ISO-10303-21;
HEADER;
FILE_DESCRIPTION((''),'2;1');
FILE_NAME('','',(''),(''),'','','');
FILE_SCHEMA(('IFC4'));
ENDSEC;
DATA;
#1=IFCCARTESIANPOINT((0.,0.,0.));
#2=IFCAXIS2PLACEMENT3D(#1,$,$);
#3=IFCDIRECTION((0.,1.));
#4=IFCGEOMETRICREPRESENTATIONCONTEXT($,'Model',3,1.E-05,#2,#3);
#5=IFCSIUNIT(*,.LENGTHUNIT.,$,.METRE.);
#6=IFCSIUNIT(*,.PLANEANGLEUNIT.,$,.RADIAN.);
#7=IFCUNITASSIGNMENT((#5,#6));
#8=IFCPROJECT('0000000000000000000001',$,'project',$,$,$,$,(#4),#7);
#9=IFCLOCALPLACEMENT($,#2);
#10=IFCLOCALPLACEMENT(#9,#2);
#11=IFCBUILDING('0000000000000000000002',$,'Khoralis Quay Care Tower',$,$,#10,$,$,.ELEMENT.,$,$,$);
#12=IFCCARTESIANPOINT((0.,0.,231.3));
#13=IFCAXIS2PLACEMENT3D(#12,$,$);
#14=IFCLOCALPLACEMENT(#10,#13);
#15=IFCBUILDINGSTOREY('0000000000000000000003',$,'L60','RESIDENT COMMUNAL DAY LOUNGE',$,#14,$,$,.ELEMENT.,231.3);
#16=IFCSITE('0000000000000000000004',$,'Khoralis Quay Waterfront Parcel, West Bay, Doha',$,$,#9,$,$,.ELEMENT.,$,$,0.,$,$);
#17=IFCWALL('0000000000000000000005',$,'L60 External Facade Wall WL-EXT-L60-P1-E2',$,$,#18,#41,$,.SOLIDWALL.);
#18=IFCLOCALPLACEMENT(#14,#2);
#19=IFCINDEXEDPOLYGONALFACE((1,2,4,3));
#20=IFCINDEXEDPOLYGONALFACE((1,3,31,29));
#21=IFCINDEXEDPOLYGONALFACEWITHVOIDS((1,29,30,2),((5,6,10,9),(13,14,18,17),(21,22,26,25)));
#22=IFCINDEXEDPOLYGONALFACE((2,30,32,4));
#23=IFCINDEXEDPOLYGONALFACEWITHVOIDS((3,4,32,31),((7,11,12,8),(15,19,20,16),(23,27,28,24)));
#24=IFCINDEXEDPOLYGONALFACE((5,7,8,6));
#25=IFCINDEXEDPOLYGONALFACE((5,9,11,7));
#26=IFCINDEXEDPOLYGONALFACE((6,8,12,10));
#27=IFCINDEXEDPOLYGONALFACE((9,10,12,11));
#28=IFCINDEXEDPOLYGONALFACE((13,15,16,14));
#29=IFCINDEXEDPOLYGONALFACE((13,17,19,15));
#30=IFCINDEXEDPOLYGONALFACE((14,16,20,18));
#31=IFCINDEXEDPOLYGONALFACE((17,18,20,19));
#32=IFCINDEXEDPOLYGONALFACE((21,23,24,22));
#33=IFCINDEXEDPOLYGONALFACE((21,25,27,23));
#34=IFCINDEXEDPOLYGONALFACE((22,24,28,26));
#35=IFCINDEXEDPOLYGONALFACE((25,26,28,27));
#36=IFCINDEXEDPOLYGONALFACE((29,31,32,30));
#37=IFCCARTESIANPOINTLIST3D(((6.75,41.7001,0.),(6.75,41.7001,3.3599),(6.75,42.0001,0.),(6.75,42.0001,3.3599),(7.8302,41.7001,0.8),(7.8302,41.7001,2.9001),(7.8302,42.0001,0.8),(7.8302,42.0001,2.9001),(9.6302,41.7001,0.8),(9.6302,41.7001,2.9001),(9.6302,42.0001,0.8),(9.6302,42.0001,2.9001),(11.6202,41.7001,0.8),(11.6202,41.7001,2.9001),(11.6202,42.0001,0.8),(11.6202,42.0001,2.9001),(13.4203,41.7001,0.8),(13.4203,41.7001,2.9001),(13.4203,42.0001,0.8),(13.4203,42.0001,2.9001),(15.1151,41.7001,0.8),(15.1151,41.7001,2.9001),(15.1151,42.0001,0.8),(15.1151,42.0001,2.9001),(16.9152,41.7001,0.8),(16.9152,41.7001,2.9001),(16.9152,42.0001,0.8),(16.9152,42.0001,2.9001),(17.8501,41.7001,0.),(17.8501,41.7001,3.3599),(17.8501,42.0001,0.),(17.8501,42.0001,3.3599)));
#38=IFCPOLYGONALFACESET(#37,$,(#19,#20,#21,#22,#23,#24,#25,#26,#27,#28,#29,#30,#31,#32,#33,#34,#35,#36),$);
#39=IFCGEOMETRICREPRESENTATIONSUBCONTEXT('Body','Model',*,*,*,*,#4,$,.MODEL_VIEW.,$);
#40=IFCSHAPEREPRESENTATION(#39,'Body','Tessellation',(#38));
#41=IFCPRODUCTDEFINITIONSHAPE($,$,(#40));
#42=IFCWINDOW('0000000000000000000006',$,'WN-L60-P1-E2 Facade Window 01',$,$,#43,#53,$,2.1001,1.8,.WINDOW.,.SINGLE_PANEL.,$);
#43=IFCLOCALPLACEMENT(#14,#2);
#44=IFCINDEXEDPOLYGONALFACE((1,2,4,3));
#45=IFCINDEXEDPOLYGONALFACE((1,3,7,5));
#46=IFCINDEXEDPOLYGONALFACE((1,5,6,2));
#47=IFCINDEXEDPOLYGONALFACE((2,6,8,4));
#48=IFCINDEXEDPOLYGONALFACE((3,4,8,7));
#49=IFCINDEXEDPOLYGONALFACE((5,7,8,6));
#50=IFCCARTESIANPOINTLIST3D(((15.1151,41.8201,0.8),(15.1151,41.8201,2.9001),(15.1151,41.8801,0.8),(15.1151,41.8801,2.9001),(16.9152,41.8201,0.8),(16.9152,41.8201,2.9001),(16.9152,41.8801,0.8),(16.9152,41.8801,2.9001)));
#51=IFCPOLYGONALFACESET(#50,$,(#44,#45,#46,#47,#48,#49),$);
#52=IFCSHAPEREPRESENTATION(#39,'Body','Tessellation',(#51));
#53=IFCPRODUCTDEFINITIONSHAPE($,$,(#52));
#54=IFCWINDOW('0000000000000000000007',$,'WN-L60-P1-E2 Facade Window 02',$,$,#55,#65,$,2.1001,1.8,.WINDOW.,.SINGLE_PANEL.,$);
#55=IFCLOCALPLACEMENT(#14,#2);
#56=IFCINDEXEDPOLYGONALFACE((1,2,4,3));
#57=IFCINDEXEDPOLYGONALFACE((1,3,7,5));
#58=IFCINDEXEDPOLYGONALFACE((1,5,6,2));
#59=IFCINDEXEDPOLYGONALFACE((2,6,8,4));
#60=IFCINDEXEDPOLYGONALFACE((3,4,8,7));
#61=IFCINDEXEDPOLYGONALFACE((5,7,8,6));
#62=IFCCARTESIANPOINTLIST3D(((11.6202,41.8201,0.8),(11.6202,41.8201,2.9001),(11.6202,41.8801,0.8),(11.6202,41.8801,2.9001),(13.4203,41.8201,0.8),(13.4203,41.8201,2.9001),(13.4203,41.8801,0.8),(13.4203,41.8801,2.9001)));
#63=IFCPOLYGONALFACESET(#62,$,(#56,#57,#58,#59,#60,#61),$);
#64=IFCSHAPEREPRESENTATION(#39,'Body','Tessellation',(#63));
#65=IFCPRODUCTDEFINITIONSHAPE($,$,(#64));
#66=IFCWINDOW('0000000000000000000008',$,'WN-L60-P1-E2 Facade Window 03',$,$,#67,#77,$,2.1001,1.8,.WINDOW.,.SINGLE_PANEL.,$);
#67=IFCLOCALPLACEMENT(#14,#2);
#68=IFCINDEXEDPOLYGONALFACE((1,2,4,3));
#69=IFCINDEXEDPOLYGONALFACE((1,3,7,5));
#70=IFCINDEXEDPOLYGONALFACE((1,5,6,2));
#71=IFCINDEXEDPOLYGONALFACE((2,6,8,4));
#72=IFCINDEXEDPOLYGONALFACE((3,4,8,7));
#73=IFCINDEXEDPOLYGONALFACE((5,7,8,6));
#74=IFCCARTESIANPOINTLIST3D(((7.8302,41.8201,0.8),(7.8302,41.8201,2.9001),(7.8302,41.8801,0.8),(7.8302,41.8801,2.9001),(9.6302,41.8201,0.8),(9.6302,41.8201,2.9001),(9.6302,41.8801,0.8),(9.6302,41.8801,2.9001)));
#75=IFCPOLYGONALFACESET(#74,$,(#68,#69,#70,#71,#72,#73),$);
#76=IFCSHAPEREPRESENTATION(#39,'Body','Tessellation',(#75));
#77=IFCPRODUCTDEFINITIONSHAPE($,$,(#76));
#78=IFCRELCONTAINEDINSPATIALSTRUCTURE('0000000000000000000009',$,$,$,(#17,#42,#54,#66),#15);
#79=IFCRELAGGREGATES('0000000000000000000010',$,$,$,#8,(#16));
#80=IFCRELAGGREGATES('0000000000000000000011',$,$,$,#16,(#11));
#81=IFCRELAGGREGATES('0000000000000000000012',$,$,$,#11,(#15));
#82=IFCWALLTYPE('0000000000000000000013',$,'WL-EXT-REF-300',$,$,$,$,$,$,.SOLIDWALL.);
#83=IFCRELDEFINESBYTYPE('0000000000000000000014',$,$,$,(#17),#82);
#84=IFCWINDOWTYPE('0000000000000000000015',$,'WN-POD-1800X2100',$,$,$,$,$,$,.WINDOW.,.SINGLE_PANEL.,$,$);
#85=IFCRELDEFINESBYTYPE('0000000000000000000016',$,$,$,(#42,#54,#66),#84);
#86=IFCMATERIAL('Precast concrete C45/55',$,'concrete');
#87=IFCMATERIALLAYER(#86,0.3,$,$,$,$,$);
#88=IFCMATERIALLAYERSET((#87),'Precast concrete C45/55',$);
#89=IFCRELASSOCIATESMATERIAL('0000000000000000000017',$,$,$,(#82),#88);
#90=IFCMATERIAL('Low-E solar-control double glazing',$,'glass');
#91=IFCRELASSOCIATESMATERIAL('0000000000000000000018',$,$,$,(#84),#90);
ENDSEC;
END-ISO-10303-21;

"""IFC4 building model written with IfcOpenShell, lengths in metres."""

from ifc_helpers import new_model, si_unit, direction, frame, frame_2d, origin, place, context, subcontext, project, spatial, rectangle, extrude, source, transform, mapped, material, layer, layer_set, type_object, element, fill, save


model = new_model("IFC4")

# Units and contexts
model_context = context("Model", 3, precision=1e-05, world=origin(), true_north=direction((0.0, 1.0)))
body_context = subcontext(model_context, "Body", "Model", "MODEL_VIEW")
ifc_project = project(units=[si_unit("LENGTHUNIT", "METRE"), si_unit("PLANEANGLEUNIT", "RADIAN")], contexts=[model_context])

# Site, building, storey
site_placement = place(None, origin())
site = spatial("IfcSite", under=ifc_project, at=site_placement, Name="Khoralis Quay Waterfront Parcel, West Bay, Doha", CompositionType="ELEMENT", RefElevation=0.0)
building_placement = place(site_placement, origin())
building = spatial("IfcBuilding", under=site, at=building_placement, Name="Khoralis Quay Care Tower", CompositionType="ELEMENT")
storey_placement = place(building_placement, frame((0.0, 0.0, 231.3)))
storey = spatial("IfcBuildingStorey", under=building, at=storey_placement, Name="L60", Description="RESIDENT COMMUNAL DAY LOUNGE", CompositionType="ELEMENT", Elevation=231.3)

# Shared definitions
ifc_material_1 = material(Name="Low-E solar-control double glazing", Category="glass")

# Wall, openings, windows
ifc_material_2 = material(Name="Precast concrete C45/55", Category="concrete")
ifc_layer_1 = layer(ifc_material_2, 0.3)
ifc_layer_set_1 = layer_set([ifc_layer_1], Name="Precast concrete C45/55")
wall_type = type_object("IfcWallType", Name="WL-EXT-REF-300", PredefinedType="SOLIDWALL", material=ifc_layer_set_1)
wall_placement = place(storey_placement, frame((17.8501, 41.8501, 0.0), z_axis=(0.0, 0.0, 1.0), x_axis=(-1.0, 0.0, 0.0)))
wall = element("IfcWall", 1, at=wall_placement, inside=storey, type_object=wall_type, Name="L60 External Facade Wall WL-EXT-L60-P1-E2", PredefinedType="SOLIDWALL", context=body_context, shape_type="SweptSolid", body=[
    extrude(rectangle(XDim=11.1001, YDim=0.3, at=frame_2d((5.55, 0.0))), origin(), (0.0, 0.0, 1.0), 3.3599),
])
opening_1_placement = place(wall_placement, frame((0.9351, 0.0, 0.8)))
opening_1 = element("IfcOpeningElement", 2, at=opening_1_placement, cuts=wall, PredefinedType="OPENING", context=body_context, shape_type="SweptSolid", body=[
    extrude(rectangle(XDim=1.8, YDim=2.1001, at=frame_2d((0.8999, 1.05))), frame((0.0, 0.1602, 0.0), z_axis=(0.0, -1.0, 0.0), x_axis=(1.0, 0.0, 0.0)), (0.0, 0.0, 1.0), 0.3201),
])
opening_2_placement = place(wall_placement, frame((4.4299, 0.0, 0.8)))
opening_2 = element("IfcOpeningElement", 3, at=opening_2_placement, cuts=wall, PredefinedType="OPENING", context=body_context, shape_type="SweptSolid", body=[
    extrude(rectangle(XDim=1.8, YDim=2.1001, at=frame_2d((0.8999, 1.05))), frame((0.0, 0.1602, 0.0), z_axis=(0.0, -1.0, 0.0), x_axis=(1.0, 0.0, 0.0)), (0.0, 0.0, 1.0), 0.3201),
])
opening_3_placement = place(wall_placement, frame((8.22, 0.0, 0.8)))
opening_3 = element("IfcOpeningElement", 4, at=opening_3_placement, cuts=wall, PredefinedType="OPENING", context=body_context, shape_type="SweptSolid", body=[
    extrude(rectangle(XDim=1.8, YDim=2.1001, at=frame_2d((0.8999, 1.05))), frame((0.0, 0.1602, 0.0), z_axis=(0.0, -1.0, 0.0), x_axis=(1.0, 0.0, 0.0)), (0.0, 0.0, 1.0), 0.3201),
])
window_type = type_object("IfcWindowType", Name="WN-POD-1800X2100", PartitioningType="SINGLE_PANEL", PredefinedType="WINDOW", material=ifc_material_1)
shared_shape_1 = source(origin(), body_context, "Body", "SweptSolid", [
    extrude(rectangle(XDim=1.8, YDim=2.1001, at=frame_2d((0.8999, 1.05))), frame((0.0, 0.03, 0.0), z_axis=(0.0, -1.0, 0.0), x_axis=(1.0, 0.0, 0.0)), (0.0, 0.0, 1.0), 0.0601),
])
window_1_placement = place(opening_1_placement, origin())
window_1 = element("IfcWindow", 5, at=window_1_placement, inside=storey, type_object=window_type, Name="WN-L60-P1-E2 Facade Window 01", OverallHeight=2.1001, OverallWidth=1.8, PartitioningType="SINGLE_PANEL", PredefinedType="WINDOW", context=body_context, shape_type="MappedRepresentation", body=[
    mapped(shared_shape_1, transform((0.0, 0.0, 0.0), scale=1.0)),
])
fill(opening_1, window_1)
window_2_placement = place(opening_2_placement, origin())
window_2 = element("IfcWindow", 6, at=window_2_placement, inside=storey, type_object=window_type, Name="WN-L60-P1-E2 Facade Window 02", OverallHeight=2.1001, OverallWidth=1.8, PartitioningType="SINGLE_PANEL", PredefinedType="WINDOW", context=body_context, shape_type="MappedRepresentation", body=[
    mapped(shared_shape_1, transform((0.0, 0.0, 0.0), scale=1.0)),
])
fill(opening_2, window_2)
window_3_placement = place(opening_3_placement, origin())
window_3 = element("IfcWindow", 7, at=window_3_placement, inside=storey, type_object=window_type, Name="WN-L60-P1-E2 Facade Window 03", OverallHeight=2.1001, OverallWidth=1.8, PartitioningType="SINGLE_PANEL", PredefinedType="WINDOW", context=body_context, shape_type="MappedRepresentation", body=[
    mapped(shared_shape_1, transform((0.0, 0.0, 0.0), scale=1.0)),
])
fill(opening_3, window_3)

save(model, "model.ifc")
